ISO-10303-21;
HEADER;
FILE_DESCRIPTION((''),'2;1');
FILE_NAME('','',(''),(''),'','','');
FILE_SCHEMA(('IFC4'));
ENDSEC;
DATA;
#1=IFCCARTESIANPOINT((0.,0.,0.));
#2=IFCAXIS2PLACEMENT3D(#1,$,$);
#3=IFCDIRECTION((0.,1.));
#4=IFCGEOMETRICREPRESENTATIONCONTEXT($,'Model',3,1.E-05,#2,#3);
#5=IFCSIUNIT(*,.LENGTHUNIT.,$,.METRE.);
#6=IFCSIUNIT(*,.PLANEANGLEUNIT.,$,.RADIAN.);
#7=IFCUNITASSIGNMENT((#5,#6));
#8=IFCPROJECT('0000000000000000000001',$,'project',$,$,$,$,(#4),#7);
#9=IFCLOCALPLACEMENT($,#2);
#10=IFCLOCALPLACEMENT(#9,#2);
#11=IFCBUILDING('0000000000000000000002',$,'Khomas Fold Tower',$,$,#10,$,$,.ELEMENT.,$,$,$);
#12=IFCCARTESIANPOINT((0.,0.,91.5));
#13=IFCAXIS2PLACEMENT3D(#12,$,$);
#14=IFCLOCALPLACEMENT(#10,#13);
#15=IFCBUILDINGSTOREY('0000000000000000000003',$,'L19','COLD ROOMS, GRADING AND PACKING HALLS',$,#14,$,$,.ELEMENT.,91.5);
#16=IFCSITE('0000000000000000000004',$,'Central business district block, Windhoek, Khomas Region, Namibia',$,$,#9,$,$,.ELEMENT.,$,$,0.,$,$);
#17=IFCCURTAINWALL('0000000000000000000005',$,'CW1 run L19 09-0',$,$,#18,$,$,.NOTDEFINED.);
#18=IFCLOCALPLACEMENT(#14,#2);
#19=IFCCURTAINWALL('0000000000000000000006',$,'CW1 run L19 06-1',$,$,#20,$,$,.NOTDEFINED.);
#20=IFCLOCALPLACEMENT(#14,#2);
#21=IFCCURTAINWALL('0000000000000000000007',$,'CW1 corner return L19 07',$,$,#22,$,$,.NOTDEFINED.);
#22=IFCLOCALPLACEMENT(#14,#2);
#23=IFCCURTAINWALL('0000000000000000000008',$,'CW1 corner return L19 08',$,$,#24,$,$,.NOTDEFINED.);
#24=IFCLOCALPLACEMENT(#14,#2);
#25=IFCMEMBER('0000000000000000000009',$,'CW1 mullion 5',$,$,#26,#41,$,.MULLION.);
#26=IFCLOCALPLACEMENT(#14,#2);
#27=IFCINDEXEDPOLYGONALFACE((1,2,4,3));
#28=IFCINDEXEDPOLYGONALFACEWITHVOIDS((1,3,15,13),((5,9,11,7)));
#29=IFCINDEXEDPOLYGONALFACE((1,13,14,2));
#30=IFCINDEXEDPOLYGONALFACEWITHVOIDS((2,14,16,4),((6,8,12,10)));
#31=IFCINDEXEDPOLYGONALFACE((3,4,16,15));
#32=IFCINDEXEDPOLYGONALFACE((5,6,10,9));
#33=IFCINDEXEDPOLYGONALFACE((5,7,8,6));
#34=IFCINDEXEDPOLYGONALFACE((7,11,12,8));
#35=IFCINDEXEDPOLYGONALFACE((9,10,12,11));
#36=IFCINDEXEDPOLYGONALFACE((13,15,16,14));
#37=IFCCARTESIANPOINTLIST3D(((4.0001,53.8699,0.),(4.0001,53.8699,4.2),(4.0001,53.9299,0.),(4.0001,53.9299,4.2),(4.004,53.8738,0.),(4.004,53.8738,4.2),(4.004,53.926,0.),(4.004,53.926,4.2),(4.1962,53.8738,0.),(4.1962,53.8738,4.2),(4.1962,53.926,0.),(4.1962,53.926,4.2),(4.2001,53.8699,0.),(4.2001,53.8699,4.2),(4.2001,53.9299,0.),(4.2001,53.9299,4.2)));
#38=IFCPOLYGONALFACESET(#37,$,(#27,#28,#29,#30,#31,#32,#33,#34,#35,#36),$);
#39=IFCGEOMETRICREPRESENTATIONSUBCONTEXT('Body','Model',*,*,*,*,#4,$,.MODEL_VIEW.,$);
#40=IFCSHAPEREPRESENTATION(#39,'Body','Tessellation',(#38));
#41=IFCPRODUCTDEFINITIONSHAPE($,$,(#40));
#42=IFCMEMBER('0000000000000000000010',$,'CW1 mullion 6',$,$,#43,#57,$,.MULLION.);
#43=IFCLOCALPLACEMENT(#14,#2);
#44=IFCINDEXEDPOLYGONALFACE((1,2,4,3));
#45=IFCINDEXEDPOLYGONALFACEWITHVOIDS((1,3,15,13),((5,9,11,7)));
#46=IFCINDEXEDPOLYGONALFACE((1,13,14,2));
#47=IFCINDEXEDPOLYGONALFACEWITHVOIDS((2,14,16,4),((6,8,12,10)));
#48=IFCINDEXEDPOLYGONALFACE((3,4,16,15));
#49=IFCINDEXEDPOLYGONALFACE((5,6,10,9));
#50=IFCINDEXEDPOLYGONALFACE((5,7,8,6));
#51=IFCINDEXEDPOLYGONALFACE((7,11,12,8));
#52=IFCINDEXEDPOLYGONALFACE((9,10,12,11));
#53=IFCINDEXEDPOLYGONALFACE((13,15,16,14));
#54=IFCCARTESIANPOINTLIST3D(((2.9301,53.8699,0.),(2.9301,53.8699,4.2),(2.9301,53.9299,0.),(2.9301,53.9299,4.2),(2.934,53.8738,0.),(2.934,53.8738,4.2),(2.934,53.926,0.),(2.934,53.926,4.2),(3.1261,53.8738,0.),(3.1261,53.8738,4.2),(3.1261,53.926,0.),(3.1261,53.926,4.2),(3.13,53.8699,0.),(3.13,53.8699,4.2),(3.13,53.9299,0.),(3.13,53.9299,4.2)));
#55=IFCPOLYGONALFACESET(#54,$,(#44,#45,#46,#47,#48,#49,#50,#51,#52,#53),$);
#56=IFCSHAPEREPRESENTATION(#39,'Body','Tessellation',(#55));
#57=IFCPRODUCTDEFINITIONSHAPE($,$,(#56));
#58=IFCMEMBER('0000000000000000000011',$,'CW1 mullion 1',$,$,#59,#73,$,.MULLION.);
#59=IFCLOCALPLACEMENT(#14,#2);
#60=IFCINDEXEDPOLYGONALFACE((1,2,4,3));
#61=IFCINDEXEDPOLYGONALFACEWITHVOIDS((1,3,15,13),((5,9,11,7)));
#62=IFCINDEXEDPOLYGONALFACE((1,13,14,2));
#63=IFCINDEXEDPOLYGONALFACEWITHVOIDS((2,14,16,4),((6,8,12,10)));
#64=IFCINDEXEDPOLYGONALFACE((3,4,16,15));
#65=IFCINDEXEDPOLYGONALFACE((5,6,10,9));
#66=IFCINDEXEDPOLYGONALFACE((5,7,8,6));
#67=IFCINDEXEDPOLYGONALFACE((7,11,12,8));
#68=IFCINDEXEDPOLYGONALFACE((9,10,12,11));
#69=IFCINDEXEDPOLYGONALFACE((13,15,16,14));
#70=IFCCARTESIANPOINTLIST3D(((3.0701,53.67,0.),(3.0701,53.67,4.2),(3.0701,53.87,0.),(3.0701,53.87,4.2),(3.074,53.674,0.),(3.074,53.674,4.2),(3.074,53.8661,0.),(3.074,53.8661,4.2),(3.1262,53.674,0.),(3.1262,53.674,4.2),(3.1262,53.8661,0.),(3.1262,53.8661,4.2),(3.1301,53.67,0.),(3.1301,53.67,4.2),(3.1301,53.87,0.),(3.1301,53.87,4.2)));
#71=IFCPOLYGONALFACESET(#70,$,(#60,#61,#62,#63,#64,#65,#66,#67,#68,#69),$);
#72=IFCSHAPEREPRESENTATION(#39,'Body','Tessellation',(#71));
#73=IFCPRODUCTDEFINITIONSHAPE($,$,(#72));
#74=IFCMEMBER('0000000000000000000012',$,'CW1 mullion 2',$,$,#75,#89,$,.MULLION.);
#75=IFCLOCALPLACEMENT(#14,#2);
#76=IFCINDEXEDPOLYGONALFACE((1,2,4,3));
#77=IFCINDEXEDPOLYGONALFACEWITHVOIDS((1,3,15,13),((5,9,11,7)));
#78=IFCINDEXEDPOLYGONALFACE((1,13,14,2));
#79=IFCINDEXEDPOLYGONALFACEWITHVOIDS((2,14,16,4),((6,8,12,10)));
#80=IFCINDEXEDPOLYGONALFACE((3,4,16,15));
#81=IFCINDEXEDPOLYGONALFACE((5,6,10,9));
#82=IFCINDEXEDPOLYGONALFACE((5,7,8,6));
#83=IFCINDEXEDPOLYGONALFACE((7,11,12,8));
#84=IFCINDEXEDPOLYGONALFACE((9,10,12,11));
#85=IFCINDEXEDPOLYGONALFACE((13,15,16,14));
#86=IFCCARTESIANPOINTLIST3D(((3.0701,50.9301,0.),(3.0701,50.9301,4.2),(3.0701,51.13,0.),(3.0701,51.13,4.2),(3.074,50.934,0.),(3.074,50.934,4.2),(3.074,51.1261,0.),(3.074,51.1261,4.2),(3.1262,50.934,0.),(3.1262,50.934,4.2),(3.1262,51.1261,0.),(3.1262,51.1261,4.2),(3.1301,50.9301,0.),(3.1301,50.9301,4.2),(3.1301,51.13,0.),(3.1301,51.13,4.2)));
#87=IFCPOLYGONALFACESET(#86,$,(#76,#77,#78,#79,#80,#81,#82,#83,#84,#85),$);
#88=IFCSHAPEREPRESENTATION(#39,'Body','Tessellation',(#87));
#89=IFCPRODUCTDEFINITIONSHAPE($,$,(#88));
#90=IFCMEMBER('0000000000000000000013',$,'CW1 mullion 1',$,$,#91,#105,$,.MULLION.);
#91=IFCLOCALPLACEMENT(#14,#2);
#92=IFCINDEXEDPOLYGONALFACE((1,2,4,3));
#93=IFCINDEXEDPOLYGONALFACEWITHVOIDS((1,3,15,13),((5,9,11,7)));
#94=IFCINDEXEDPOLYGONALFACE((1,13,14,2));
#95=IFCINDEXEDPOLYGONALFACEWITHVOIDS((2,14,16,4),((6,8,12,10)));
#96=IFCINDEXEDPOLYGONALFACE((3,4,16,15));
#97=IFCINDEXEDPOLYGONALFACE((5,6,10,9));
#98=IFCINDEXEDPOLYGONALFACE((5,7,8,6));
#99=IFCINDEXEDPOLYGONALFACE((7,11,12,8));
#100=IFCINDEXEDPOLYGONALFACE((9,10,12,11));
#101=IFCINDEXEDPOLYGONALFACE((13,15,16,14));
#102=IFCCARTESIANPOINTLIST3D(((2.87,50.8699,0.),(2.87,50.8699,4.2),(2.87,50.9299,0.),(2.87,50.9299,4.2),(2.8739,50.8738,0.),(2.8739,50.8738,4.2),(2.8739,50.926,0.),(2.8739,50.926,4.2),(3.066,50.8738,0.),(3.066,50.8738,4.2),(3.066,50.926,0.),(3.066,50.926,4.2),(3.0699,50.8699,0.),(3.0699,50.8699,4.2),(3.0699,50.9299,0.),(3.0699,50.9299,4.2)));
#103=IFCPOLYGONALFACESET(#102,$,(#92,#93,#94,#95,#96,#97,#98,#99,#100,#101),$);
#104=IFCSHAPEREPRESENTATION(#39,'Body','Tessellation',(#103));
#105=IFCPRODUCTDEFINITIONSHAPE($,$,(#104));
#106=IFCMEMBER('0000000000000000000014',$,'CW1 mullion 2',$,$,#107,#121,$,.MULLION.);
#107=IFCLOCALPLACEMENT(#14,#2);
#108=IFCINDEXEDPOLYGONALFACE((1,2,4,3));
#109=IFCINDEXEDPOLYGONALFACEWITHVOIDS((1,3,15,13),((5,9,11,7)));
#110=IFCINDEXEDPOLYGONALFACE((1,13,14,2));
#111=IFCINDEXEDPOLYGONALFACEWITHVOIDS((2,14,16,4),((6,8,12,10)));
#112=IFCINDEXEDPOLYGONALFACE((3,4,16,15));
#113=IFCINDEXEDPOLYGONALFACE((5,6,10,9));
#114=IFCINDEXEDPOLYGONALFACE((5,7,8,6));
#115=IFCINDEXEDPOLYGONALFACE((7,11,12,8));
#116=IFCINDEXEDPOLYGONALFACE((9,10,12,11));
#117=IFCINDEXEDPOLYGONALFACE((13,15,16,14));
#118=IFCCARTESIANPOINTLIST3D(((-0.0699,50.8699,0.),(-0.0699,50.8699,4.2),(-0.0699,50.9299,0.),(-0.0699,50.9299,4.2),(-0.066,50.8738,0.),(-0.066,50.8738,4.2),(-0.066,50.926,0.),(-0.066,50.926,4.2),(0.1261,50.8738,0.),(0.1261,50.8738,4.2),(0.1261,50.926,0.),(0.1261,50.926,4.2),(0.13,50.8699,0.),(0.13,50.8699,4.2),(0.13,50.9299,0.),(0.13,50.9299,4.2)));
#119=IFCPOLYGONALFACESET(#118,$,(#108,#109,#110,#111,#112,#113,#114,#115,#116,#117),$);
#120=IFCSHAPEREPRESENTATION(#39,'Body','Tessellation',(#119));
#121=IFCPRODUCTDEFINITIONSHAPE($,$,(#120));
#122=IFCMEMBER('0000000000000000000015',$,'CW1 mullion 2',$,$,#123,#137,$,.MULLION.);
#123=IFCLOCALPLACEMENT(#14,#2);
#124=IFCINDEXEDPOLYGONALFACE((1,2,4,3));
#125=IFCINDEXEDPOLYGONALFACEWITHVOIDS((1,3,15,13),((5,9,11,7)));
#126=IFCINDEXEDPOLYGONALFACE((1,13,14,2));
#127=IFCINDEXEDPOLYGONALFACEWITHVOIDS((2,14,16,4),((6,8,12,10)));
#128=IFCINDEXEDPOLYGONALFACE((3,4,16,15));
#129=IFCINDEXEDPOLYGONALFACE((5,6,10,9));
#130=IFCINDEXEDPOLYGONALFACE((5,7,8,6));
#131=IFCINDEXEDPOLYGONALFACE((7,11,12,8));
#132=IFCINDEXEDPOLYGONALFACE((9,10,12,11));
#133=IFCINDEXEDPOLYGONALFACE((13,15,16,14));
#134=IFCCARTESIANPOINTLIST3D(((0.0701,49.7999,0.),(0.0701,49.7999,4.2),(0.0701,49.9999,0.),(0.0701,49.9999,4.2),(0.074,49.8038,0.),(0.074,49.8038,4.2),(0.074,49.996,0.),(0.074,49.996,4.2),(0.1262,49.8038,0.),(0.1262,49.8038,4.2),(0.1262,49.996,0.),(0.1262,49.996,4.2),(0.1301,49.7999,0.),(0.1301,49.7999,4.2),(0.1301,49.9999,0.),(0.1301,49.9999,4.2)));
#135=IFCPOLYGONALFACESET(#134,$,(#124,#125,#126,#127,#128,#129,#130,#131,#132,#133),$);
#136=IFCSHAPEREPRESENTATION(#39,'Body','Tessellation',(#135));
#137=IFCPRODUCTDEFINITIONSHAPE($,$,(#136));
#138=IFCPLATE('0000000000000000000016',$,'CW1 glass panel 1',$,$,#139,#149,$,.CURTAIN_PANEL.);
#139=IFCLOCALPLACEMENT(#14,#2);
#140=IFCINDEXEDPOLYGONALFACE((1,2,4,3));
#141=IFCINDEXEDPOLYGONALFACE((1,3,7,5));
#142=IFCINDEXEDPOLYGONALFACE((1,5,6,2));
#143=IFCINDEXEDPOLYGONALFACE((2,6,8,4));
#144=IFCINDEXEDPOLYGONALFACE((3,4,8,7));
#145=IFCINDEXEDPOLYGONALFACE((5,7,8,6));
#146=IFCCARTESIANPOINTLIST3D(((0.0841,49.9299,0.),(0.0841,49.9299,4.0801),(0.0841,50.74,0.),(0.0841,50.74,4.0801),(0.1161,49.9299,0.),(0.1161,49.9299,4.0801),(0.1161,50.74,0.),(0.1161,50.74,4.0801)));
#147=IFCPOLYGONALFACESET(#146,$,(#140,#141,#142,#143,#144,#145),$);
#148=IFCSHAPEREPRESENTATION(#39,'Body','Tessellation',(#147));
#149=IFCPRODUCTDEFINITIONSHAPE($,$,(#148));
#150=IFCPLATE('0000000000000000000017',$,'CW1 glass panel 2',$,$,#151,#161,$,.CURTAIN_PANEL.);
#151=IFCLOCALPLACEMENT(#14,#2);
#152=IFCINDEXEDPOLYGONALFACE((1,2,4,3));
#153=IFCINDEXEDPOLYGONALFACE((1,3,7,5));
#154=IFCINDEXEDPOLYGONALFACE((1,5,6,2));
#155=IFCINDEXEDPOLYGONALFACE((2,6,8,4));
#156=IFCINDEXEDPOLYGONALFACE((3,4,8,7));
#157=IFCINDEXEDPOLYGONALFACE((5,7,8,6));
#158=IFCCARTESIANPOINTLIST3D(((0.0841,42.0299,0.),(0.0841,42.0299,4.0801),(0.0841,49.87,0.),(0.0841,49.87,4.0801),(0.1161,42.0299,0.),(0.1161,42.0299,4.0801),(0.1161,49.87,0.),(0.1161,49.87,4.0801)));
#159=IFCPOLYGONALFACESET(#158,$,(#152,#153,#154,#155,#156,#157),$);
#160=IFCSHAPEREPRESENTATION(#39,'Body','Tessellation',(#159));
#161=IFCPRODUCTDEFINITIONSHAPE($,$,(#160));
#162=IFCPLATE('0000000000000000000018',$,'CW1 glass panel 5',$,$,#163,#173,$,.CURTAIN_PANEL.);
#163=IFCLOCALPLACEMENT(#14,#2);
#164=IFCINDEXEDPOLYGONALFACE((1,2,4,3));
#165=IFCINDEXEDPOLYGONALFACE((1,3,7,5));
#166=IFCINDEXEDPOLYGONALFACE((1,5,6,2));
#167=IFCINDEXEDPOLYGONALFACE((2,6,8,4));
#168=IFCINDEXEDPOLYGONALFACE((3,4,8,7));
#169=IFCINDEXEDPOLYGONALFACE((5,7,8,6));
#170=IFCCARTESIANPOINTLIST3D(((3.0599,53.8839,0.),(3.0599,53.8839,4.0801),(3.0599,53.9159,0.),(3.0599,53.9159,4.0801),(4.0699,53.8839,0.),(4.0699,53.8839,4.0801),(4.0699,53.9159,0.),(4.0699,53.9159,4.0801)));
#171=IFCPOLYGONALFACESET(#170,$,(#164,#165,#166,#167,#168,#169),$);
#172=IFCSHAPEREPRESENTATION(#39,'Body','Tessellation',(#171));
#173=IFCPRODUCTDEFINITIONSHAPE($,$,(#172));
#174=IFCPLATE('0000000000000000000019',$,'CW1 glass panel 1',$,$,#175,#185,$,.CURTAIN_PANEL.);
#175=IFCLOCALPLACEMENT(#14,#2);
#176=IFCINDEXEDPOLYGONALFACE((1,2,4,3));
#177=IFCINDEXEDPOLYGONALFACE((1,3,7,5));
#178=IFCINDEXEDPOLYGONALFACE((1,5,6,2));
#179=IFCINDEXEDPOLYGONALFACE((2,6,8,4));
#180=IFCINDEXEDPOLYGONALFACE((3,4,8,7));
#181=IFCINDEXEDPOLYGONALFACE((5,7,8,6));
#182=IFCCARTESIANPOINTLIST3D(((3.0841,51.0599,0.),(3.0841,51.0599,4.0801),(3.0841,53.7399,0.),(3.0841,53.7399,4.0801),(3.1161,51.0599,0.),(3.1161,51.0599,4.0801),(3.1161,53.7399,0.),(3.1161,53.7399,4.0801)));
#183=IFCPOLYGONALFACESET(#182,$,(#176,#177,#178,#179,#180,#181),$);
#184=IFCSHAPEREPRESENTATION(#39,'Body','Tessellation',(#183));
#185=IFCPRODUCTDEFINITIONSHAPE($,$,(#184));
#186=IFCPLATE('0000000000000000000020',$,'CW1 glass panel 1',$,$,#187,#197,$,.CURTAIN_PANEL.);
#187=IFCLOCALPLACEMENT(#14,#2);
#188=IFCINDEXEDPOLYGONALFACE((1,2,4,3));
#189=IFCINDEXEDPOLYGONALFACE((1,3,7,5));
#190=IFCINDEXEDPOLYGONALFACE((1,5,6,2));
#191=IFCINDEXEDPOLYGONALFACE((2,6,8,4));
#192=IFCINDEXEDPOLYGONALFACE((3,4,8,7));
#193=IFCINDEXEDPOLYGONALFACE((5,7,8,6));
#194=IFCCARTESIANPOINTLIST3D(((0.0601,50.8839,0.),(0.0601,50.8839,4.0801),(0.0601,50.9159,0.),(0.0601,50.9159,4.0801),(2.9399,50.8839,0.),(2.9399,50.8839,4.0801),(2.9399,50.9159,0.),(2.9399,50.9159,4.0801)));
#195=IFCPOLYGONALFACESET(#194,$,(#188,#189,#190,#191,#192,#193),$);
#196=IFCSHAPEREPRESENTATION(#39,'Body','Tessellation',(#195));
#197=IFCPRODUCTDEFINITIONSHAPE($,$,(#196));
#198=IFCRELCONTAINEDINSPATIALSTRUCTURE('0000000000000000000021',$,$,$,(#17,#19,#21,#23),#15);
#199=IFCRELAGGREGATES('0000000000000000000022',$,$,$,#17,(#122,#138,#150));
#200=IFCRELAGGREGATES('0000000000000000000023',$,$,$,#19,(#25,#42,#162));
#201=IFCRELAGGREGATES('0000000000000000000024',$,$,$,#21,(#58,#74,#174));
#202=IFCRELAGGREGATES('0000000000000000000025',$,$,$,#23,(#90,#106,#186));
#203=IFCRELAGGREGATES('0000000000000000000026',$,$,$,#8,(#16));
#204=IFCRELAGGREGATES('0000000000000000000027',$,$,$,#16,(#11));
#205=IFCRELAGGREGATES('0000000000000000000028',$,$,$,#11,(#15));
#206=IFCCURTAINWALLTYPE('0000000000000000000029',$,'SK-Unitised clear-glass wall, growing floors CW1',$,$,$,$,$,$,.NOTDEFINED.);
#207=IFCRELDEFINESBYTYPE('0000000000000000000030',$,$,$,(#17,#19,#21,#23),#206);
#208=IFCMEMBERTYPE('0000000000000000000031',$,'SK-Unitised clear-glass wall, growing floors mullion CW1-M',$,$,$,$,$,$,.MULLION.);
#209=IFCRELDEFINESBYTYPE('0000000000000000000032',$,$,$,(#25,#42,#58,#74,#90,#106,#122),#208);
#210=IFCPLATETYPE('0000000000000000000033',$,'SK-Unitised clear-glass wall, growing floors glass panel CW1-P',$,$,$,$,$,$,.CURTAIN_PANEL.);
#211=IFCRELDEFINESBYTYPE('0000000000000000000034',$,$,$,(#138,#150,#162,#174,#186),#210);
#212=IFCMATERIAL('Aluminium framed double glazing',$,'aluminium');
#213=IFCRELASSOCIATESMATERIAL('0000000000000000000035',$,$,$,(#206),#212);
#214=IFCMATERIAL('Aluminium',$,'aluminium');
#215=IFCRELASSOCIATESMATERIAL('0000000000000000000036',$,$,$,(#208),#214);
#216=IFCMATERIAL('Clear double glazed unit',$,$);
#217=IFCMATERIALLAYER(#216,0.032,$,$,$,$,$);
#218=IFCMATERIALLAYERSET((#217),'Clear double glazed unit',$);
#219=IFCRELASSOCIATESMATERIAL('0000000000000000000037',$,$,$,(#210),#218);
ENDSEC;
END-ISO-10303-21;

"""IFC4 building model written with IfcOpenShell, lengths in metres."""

from ifc_helpers import new_model, si_unit, direction, frame, origin, origin_2d, place, context, subcontext, project, spatial, rectangle, hollow_rectangle, extrude, source, transform, mapped, material, layer, layer_set, material_profile, profile_set, type_object, element, aggregate, save


model = new_model("IFC4")

# Units and contexts
model_context = context("Model", 3, precision=1e-05, world=origin(), true_north=direction((0.0, 1.0)))
body_context = subcontext(model_context, "Body", "Model", "MODEL_VIEW")
ifc_project = project(units=[si_unit("LENGTHUNIT", "METRE"), si_unit("PLANEANGLEUNIT", "RADIAN")], contexts=[model_context])

# Site, building, storey
site_placement = place(None, origin())
site = spatial("IfcSite", under=ifc_project, at=site_placement, Name="Central business district block, Windhoek, Khomas Region, Namibia", CompositionType="ELEMENT", RefElevation=0.0)
building_placement = place(site_placement, origin())
building = spatial("IfcBuilding", under=site, at=building_placement, Name="Khomas Fold Tower", CompositionType="ELEMENT")
storey_placement = place(building_placement, frame((0.0, 0.0, 91.5)))
storey = spatial("IfcBuildingStorey", under=building, at=storey_placement, Name="L19", Description="COLD ROOMS, GRADING AND PACKING HALLS", CompositionType="ELEMENT", Elevation=91.5)

# Curtain wall
ifc_material_1 = material(Name="Aluminium framed double glazing", Category="aluminium")
curtain_wall_type = type_object("IfcCurtainWallType", Name="SK-Unitised clear-glass wall, growing floors CW1", PredefinedType="NOTDEFINED", material=ifc_material_1)
curtain_wall_1_placement = place(storey_placement, origin())
curtain_wall_1 = element("IfcCurtainWall", 1, at=curtain_wall_1_placement, inside=storey, type_object=curtain_wall_type, Name="CW1 run L19 09-0", PredefinedType="NOTDEFINED")

# Curtain walls
curtain_wall_2_placement = place(storey_placement, origin())
curtain_wall_2 = element("IfcCurtainWall", 2, at=curtain_wall_2_placement, inside=storey, type_object=curtain_wall_type, Name="CW1 run L19 06-1", PredefinedType="NOTDEFINED")
curtain_wall_3_placement = place(storey_placement, origin())
curtain_wall_3 = element("IfcCurtainWall", 3, at=curtain_wall_3_placement, inside=storey, type_object=curtain_wall_type, Name="CW1 corner return L19 07", PredefinedType="NOTDEFINED")
curtain_wall_4_placement = place(storey_placement, origin())
curtain_wall_4 = element("IfcCurtainWall", 4, at=curtain_wall_4_placement, inside=storey, type_object=curtain_wall_type, Name="CW1 corner return L19 08", PredefinedType="NOTDEFINED")

# Members
ifc_material_2 = material(Name="Aluminium", Category="aluminium")
ifc_material_profile_1 = material_profile(ifc_material_2, hollow_rectangle(XDim=0.0601, YDim=0.2, WallThickness=0.0039, at=origin_2d()), Name="SK-Unitised clear-glass wall, growing floors mullion CW1-M")
ifc_profile_set_1 = profile_set([ifc_material_profile_1], Name="Aluminium")
member_type_1 = type_object("IfcMemberType", Name="SK-Unitised clear-glass wall, growing floors mullion CW1-M", PredefinedType="MULLION", material=ifc_profile_set_1)
shared_shape_1 = source(origin(), body_context, "Body", "SweptSolid", [
    extrude(hollow_rectangle(XDim=0.0601, YDim=0.2, WallThickness=0.0039, at=origin_2d()), origin(), (0.0, 0.0, 1.0), 4.2),
])
member_1_placement = place(storey_placement, frame((4.1001, 53.8999, 0.0), z_axis=(0.0, 0.0, 1.0), x_axis=(0.0, -1.0, 0.0)))
member_1 = element("IfcMember", 5, at=member_1_placement, type_object=member_type_1, Name="CW1 mullion 5", PredefinedType="MULLION", context=body_context, shape_type="MappedRepresentation", body=[
    mapped(shared_shape_1, transform((0.0, 0.0, 0.0))),
])
member_2_placement = place(storey_placement, frame((3.03, 53.8999, 0.0), z_axis=(0.0, 0.0, 1.0), x_axis=(0.0, -1.0, 0.0)))
member_2 = element("IfcMember", 6, at=member_2_placement, type_object=member_type_1, Name="CW1 mullion 6", PredefinedType="MULLION", context=body_context, shape_type="MappedRepresentation", body=[
    mapped(shared_shape_1, transform((0.0, 0.0, 0.0))),
])
member_3_placement = place(storey_placement, frame((3.1001, 53.77, 0.0), z_axis=(0.0, 0.0, 1.0), x_axis=(1.0, 0.0, 0.0)))
member_3 = element("IfcMember", 7, at=member_3_placement, type_object=member_type_1, Name="CW1 mullion 1", PredefinedType="MULLION", context=body_context, shape_type="MappedRepresentation", body=[
    mapped(shared_shape_1, transform((0.0, 0.0, 0.0))),
])
member_4_placement = place(storey_placement, frame((3.1001, 51.03, 0.0), z_axis=(0.0, 0.0, 1.0), x_axis=(1.0, 0.0, 0.0)))
member_4 = element("IfcMember", 8, at=member_4_placement, type_object=member_type_1, Name="CW1 mullion 2", PredefinedType="MULLION", context=body_context, shape_type="MappedRepresentation", body=[
    mapped(shared_shape_1, transform((0.0, 0.0, 0.0))),
])
member_5_placement = place(storey_placement, frame((2.97, 50.8999, 0.0), z_axis=(0.0, 0.0, 1.0), x_axis=(0.0, -1.0, 0.0)))
member_5 = element("IfcMember", 9, at=member_5_placement, type_object=member_type_1, Name="CW1 mullion 1", PredefinedType="MULLION", context=body_context, shape_type="MappedRepresentation", body=[
    mapped(shared_shape_1, transform((0.0, 0.0, 0.0))),
])
member_6_placement = place(storey_placement, frame((0.03, 50.8999, 0.0), z_axis=(0.0, 0.0, 1.0), x_axis=(0.0, -1.0, 0.0)))
member_6 = element("IfcMember", 10, at=member_6_placement, type_object=member_type_1, Name="CW1 mullion 2", PredefinedType="MULLION", context=body_context, shape_type="MappedRepresentation", body=[
    mapped(shared_shape_1, transform((0.0, 0.0, 0.0))),
])
member_7_placement = place(storey_placement, frame((0.1001, 49.8999, 0.0), z_axis=(0.0, 0.0, 1.0), x_axis=(1.0, 0.0, 0.0)))
member_7 = element("IfcMember", 11, at=member_7_placement, type_object=member_type_1, Name="CW1 mullion 2", PredefinedType="MULLION", context=body_context, shape_type="MappedRepresentation", body=[
    mapped(shared_shape_1, transform((0.0, 0.0, 0.0))),
])

# Plates
ifc_material_3 = material(Name="Clear double glazed unit")
ifc_layer = layer(ifc_material_3, 0.032)
ifc_layer_set = layer_set([ifc_layer], Name="Clear double glazed unit")
plate_type = type_object("IfcPlateType", Name="SK-Unitised clear-glass wall, growing floors glass panel CW1-P", PredefinedType="CURTAIN_PANEL", material=ifc_layer_set)
shared_shape_2 = source(origin(), body_context, "Body", "SweptSolid", [
    extrude(rectangle(XDim=0.8101, YDim=0.032, at=origin_2d()), origin(), (0.0, 0.0, 1.0), 4.0801),
])
plate_1_placement = place(storey_placement, frame((0.1001, 50.335, 0.0), z_axis=(0.0, 0.0, 1.0), x_axis=(0.0, -1.0, 0.0)))
plate_1 = element("IfcPlate", 12, at=plate_1_placement, type_object=plate_type, Name="CW1 glass panel 1", PredefinedType="CURTAIN_PANEL", context=body_context, shape_type="MappedRepresentation", body=[
    mapped(shared_shape_2, transform((0.0, 0.0, 0.0))),
])
shared_shape_3 = source(origin(), body_context, "Body", "SweptSolid", [
    extrude(rectangle(XDim=7.8401, YDim=0.032, at=origin_2d()), origin(), (0.0, 0.0, 1.0), 4.0801),
])
plate_2_placement = place(storey_placement, frame((0.1001, 45.95, 0.0), z_axis=(0.0, 0.0, 1.0), x_axis=(0.0, -1.0, 0.0)))
plate_2 = element("IfcPlate", 13, at=plate_2_placement, type_object=plate_type, Name="CW1 glass panel 2", PredefinedType="CURTAIN_PANEL", context=body_context, shape_type="MappedRepresentation", body=[
    mapped(shared_shape_3, transform((0.0, 0.0, 0.0))),
])
aggregate(curtain_wall_1, [member_7, plate_1, plate_2])
shared_shape_4 = source(origin(), body_context, "Body", "SweptSolid", [
    extrude(rectangle(XDim=1.01, YDim=0.032, at=origin_2d()), origin(), (0.0, 0.0, 1.0), 4.0801),
])
plate_3_placement = place(storey_placement, frame((3.5649, 53.8999, 0.0), z_axis=(0.0, 0.0, 1.0), x_axis=(-1.0, 0.0, 0.0)))
plate_3 = element("IfcPlate", 14, at=plate_3_placement, type_object=plate_type, Name="CW1 glass panel 5", PredefinedType="CURTAIN_PANEL", context=body_context, shape_type="MappedRepresentation", body=[
    mapped(shared_shape_4, transform((0.0, 0.0, 0.0))),
])
aggregate(curtain_wall_2, [member_1, member_2, plate_3])
shared_shape_5 = source(origin(), body_context, "Body", "SweptSolid", [
    extrude(rectangle(XDim=2.6799, YDim=0.032, at=origin_2d()), origin(), (0.0, 0.0, 1.0), 4.0801),
])
plate_4_placement = place(storey_placement, frame((3.1001, 52.3999, 0.0), z_axis=(0.0, 0.0, 1.0), x_axis=(0.0, -1.0, 0.0)))
plate_4 = element("IfcPlate", 15, at=plate_4_placement, type_object=plate_type, Name="CW1 glass panel 1", PredefinedType="CURTAIN_PANEL", context=body_context, shape_type="MappedRepresentation", body=[
    mapped(shared_shape_5, transform((0.0, 0.0, 0.0))),
])
aggregate(curtain_wall_3, [member_3, member_4, plate_4])
shared_shape_6 = source(origin(), body_context, "Body", "SweptSolid", [
    extrude(rectangle(XDim=2.8799, YDim=0.032, at=origin_2d()), origin(), (0.0, 0.0, 1.0), 4.0801),
])
plate_5_placement = place(storey_placement, frame((1.5, 50.8999, 0.0), z_axis=(0.0, 0.0, 1.0), x_axis=(-1.0, 0.0, 0.0)))
plate_5 = element("IfcPlate", 16, at=plate_5_placement, type_object=plate_type, Name="CW1 glass panel 1", PredefinedType="CURTAIN_PANEL", context=body_context, shape_type="MappedRepresentation", body=[
    mapped(shared_shape_6, transform((0.0, 0.0, 0.0))),
])
aggregate(curtain_wall_4, [member_5, member_6, plate_5])

save(model, "model.ifc")
